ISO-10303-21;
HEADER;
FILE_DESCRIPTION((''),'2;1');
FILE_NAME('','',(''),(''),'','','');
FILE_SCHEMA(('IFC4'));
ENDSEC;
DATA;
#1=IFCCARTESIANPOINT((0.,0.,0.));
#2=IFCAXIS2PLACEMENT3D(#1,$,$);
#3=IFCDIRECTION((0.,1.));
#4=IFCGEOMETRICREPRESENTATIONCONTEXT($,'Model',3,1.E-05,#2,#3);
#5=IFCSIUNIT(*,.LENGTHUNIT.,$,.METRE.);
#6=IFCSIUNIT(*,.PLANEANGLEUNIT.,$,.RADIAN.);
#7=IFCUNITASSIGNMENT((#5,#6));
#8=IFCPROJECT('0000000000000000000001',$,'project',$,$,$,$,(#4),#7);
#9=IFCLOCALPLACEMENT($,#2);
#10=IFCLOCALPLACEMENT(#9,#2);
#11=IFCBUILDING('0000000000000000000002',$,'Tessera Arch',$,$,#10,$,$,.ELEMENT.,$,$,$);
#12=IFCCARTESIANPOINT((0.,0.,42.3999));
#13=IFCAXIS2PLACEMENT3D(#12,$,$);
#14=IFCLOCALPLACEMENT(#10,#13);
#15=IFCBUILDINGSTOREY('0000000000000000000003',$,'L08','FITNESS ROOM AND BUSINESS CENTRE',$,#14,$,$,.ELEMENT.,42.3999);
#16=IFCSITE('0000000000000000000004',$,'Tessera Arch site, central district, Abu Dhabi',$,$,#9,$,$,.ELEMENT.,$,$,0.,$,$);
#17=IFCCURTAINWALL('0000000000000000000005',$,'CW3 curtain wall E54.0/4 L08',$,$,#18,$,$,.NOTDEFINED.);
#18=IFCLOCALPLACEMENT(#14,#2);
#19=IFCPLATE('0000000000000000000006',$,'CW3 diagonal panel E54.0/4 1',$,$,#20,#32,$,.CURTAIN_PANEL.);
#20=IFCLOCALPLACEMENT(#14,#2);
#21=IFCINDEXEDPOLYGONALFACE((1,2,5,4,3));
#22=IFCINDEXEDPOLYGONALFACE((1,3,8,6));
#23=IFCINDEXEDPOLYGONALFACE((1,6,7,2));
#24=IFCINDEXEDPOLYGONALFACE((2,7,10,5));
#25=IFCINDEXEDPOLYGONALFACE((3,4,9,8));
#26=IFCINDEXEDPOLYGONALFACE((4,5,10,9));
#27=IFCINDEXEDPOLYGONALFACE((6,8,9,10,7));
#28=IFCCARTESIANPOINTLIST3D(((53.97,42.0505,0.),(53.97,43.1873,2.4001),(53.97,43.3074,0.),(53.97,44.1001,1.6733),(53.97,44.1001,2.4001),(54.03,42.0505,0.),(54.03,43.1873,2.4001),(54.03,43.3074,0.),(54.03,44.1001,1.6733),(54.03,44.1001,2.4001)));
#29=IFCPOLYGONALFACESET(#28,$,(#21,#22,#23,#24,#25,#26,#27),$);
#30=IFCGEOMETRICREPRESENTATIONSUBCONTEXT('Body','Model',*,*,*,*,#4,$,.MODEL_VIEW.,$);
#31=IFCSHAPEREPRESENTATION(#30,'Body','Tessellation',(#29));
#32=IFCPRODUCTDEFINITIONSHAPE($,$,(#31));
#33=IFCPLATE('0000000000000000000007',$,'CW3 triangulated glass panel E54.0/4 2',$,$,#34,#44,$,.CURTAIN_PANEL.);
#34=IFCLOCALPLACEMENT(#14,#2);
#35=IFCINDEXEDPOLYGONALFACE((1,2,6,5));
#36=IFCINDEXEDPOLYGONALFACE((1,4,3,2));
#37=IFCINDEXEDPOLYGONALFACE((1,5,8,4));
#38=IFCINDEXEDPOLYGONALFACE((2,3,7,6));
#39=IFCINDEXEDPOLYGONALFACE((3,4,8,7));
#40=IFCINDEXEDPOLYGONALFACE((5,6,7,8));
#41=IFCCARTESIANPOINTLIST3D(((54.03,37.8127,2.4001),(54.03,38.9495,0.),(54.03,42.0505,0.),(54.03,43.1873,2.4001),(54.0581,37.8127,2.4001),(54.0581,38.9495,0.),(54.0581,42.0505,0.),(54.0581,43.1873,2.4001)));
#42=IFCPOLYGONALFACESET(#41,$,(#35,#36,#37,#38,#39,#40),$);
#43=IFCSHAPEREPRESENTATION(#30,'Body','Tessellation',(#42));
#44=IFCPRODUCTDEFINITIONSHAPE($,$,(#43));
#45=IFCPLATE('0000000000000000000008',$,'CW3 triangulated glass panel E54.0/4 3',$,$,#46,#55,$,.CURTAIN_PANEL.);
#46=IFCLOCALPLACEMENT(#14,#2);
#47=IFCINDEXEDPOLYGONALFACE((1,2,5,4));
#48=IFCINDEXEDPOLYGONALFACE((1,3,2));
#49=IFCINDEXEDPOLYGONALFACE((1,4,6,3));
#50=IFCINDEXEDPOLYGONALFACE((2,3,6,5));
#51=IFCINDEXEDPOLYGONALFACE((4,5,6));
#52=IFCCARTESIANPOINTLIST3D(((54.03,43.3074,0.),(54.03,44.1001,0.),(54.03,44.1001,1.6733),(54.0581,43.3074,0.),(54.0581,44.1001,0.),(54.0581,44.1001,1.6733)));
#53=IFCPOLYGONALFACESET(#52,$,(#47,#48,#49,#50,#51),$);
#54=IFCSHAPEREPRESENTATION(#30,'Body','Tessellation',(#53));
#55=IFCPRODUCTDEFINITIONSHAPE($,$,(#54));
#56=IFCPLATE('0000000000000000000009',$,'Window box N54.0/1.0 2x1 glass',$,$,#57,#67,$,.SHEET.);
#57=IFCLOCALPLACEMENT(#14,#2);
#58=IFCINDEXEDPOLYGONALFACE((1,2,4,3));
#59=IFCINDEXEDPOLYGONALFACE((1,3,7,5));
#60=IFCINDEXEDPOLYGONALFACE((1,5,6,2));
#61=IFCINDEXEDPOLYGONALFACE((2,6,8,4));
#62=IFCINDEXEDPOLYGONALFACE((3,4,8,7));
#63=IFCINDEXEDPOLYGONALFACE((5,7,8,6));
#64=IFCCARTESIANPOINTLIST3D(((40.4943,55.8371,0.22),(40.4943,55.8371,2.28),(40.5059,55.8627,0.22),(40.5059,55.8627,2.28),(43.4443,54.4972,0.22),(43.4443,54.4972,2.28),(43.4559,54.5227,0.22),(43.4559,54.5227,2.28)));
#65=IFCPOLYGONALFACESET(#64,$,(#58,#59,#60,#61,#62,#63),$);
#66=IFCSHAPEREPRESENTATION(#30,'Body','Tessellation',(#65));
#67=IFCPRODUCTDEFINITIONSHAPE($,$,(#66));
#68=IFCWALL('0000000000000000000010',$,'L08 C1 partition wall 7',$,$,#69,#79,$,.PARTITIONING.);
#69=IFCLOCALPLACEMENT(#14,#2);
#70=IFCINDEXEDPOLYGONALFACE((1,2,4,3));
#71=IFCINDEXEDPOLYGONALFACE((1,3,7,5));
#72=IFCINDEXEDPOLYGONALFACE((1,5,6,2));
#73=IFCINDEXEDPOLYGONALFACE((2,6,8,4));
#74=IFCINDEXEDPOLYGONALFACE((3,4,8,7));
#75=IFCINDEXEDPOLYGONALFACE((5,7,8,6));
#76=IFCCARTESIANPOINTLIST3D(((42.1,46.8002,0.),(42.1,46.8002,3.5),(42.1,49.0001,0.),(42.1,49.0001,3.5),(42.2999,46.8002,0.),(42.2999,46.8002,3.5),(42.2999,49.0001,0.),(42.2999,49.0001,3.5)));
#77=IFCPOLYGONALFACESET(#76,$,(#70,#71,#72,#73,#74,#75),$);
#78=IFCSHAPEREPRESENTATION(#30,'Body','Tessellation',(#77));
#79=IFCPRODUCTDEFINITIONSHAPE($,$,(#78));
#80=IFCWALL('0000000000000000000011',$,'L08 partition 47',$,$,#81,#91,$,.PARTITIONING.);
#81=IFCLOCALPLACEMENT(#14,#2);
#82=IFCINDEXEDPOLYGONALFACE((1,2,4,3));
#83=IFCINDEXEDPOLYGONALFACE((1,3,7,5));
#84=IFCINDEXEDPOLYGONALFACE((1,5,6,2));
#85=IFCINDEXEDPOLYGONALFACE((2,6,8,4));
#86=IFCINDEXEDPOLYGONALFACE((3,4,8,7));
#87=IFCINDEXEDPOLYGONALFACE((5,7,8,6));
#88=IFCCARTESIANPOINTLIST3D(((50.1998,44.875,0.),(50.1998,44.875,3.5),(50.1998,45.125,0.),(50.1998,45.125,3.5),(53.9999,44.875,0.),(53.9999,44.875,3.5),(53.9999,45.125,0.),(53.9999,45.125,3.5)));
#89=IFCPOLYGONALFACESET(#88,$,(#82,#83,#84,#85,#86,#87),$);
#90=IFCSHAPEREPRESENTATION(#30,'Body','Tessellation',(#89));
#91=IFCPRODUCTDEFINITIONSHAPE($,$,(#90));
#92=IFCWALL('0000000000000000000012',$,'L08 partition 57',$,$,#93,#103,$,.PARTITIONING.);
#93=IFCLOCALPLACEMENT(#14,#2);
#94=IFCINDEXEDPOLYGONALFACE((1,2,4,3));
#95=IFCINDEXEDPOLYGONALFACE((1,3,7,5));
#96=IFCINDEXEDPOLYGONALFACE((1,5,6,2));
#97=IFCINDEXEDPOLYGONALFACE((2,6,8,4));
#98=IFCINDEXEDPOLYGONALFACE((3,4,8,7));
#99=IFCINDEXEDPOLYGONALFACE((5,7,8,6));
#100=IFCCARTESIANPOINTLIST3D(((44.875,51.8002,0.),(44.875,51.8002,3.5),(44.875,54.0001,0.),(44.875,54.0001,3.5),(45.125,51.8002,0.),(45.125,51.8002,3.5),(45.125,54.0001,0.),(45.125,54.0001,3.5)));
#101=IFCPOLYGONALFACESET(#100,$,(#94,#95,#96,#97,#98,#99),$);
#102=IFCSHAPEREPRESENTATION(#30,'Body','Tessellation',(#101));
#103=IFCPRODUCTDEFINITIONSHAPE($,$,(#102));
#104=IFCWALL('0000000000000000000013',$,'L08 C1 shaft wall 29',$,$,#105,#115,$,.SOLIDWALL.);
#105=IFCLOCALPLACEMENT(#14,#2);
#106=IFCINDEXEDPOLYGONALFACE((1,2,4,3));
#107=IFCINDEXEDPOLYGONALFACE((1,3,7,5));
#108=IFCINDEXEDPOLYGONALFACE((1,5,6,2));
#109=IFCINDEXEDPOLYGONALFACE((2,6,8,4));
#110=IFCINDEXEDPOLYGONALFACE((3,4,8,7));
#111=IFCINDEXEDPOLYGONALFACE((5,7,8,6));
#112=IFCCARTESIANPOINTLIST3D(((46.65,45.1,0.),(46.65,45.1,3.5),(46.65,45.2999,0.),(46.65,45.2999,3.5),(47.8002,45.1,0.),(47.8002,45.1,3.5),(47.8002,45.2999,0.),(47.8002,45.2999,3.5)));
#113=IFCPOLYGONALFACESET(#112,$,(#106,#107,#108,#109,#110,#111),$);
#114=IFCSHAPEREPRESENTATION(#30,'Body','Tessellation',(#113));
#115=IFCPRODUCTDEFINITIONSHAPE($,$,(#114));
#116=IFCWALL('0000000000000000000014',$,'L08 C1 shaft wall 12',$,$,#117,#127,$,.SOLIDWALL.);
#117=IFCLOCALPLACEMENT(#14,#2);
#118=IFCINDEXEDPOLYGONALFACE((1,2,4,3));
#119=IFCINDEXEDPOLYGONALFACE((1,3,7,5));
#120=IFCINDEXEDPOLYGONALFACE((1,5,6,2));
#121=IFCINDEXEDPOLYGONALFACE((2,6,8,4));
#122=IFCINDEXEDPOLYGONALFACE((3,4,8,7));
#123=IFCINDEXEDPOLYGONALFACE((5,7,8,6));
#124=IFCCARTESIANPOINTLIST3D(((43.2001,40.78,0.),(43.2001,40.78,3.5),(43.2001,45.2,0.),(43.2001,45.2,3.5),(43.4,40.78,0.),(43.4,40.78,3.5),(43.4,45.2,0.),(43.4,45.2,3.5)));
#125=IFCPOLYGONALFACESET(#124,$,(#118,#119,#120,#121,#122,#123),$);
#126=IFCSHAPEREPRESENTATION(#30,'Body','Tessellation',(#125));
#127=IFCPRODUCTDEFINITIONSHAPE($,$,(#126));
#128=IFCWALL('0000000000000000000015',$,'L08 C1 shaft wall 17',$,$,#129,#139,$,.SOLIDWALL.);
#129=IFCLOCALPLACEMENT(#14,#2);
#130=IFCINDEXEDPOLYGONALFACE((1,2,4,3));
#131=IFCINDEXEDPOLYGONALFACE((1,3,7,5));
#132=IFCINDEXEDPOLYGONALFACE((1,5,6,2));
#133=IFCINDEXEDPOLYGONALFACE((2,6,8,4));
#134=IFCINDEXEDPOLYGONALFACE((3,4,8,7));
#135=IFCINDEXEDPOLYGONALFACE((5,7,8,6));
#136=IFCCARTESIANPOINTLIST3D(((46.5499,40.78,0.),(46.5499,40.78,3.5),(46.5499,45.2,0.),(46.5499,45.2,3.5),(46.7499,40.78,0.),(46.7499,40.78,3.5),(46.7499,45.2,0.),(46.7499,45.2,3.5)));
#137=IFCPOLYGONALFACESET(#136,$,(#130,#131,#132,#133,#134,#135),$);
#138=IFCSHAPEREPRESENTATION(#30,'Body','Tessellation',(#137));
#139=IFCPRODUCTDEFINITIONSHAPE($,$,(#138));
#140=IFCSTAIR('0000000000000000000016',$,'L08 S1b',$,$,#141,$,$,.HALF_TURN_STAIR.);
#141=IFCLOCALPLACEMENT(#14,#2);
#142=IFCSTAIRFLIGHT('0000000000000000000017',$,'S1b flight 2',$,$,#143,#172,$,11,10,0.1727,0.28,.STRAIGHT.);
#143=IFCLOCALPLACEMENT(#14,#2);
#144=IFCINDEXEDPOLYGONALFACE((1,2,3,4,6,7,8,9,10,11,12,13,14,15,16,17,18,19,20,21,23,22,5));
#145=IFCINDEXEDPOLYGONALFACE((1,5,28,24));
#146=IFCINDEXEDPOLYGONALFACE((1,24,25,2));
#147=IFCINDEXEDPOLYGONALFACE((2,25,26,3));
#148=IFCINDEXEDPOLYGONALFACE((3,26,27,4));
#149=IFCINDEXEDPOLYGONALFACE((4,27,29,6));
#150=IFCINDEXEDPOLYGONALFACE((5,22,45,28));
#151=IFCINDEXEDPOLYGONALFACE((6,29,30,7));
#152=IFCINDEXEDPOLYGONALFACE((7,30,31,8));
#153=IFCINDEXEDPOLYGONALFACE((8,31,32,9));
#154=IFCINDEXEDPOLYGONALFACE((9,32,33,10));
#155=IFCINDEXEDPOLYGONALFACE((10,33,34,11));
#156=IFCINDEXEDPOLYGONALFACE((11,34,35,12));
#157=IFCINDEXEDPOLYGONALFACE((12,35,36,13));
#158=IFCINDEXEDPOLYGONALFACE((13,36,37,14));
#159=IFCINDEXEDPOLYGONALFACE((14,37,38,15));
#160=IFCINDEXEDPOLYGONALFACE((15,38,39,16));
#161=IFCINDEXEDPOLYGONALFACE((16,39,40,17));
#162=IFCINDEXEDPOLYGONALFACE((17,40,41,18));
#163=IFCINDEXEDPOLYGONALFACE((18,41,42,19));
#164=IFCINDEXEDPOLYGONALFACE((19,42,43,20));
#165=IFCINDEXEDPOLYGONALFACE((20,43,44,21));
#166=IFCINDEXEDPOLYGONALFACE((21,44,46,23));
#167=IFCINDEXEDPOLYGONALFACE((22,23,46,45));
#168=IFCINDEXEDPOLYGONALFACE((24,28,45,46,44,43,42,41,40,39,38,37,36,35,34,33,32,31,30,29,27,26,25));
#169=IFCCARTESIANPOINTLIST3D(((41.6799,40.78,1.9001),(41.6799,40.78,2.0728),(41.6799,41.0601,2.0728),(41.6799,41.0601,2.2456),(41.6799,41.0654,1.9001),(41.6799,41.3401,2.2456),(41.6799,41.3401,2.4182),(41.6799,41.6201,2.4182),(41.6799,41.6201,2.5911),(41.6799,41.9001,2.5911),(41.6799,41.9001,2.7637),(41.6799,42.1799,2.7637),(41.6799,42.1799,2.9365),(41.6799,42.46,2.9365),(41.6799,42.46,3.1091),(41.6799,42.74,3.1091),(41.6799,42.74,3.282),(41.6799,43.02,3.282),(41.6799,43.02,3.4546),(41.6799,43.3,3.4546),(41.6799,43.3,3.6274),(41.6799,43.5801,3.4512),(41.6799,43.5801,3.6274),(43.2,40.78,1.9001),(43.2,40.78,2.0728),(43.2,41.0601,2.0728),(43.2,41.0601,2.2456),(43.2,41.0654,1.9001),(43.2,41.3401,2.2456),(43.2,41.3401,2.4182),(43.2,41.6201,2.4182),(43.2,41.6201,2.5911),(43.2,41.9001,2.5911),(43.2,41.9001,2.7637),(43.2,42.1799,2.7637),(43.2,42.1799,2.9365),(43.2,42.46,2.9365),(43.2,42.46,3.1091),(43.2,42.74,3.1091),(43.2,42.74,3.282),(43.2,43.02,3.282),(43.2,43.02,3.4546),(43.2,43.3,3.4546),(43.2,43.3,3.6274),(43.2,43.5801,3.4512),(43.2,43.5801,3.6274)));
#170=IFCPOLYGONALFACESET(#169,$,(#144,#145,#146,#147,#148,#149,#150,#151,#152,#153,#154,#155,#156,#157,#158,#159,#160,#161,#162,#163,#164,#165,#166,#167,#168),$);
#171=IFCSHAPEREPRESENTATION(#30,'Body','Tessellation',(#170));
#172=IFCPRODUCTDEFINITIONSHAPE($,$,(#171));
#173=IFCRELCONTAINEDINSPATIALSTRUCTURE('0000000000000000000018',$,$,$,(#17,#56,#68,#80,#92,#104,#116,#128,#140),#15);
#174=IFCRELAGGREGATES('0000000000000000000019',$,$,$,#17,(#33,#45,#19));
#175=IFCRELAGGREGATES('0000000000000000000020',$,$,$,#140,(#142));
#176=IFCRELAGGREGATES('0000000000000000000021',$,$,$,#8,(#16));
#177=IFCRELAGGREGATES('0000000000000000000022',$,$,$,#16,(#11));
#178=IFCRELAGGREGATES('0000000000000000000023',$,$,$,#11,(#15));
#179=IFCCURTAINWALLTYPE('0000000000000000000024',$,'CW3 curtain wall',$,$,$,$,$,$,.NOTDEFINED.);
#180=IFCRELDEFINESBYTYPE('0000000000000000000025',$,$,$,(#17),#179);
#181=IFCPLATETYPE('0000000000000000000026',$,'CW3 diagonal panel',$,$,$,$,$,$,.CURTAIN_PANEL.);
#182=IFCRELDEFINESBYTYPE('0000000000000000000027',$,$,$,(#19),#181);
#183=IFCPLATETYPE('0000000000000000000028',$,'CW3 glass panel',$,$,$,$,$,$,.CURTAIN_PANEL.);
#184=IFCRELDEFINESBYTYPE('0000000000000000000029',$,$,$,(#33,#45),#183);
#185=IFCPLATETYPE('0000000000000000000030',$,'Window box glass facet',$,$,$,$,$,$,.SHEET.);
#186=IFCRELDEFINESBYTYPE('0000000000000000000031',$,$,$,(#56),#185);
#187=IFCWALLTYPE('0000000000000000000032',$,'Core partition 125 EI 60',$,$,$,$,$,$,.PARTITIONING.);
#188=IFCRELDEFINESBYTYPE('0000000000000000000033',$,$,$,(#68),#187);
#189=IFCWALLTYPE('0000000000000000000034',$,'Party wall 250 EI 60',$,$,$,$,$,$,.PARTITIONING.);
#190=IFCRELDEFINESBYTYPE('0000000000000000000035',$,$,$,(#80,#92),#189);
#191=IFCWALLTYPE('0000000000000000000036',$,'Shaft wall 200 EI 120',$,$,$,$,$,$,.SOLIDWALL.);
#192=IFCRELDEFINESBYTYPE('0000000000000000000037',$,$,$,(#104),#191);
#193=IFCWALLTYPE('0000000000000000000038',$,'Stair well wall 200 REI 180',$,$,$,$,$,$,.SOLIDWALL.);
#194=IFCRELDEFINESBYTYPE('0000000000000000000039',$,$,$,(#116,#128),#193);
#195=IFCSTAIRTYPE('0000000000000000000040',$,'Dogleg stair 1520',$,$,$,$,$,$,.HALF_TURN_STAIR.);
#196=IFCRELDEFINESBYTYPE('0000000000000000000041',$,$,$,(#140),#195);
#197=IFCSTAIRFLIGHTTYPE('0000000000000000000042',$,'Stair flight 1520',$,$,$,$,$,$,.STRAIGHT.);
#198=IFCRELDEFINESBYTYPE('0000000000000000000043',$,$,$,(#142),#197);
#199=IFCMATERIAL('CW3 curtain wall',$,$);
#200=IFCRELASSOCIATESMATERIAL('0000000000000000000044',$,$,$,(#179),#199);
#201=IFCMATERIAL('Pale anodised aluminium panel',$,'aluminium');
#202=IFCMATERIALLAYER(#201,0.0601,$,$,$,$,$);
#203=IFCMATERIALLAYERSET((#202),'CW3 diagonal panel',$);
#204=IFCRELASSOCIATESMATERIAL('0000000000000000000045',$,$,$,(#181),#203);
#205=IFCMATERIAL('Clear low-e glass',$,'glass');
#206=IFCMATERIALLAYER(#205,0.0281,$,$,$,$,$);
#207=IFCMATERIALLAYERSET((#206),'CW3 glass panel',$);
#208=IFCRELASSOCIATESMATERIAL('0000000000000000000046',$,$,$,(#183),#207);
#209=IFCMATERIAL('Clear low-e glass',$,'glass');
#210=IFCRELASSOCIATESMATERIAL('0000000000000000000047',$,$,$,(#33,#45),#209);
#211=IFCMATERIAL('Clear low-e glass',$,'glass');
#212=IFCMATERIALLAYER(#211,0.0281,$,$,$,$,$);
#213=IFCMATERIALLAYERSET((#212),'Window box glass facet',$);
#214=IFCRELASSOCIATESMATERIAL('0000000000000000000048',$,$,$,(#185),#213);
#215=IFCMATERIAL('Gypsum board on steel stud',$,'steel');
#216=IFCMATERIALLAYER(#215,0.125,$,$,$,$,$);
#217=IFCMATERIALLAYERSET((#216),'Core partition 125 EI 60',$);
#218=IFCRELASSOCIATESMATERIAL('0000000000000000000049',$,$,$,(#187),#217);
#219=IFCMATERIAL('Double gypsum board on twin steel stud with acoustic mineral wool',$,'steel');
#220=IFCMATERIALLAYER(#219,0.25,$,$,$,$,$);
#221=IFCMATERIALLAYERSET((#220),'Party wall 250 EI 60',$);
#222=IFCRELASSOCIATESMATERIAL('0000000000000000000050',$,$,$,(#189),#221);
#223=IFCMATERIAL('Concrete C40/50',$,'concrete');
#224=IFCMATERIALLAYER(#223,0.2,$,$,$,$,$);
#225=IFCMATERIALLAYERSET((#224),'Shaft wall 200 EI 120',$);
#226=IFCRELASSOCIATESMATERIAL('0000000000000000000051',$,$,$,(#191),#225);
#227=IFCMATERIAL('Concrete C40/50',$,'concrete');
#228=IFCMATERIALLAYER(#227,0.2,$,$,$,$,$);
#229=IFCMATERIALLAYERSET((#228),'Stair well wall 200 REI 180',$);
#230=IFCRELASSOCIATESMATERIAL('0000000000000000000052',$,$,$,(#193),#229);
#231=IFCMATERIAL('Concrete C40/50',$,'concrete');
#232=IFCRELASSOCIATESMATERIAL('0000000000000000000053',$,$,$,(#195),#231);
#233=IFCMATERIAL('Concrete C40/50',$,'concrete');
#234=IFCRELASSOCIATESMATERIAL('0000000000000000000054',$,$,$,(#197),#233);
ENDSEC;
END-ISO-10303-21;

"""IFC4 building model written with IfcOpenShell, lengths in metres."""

from ifc_helpers import new_model, si_unit, direction, frame, frame_2d, origin, origin_2d, place, context, subcontext, project, spatial, polyline, rectangle, outline, extrude, material, layer, layer_set, type_object, element, aggregate, save


model = new_model("IFC4")

# Units and contexts
model_context = context("Model", 3, precision=1e-05, world=origin(), true_north=direction((0.0, 1.0)))
body_context = subcontext(model_context, "Body", "Model", "MODEL_VIEW")
ifc_project = project(units=[si_unit("LENGTHUNIT", "METRE"), si_unit("PLANEANGLEUNIT", "RADIAN")], contexts=[model_context])

# Site, building, storey
site_placement = place(None, origin())
site = spatial("IfcSite", under=ifc_project, at=site_placement, Name="Tessera Arch site, central district, Abu Dhabi", CompositionType="ELEMENT", RefElevation=0.0)
building_placement = place(site_placement, origin())
building = spatial("IfcBuilding", under=site, at=building_placement, Name="Tessera Arch", CompositionType="ELEMENT")
storey_placement = place(building_placement, frame((0.0, 0.0, 42.3999)))
storey = spatial("IfcBuildingStorey", under=building, at=storey_placement, Name="L08", Description="FITNESS ROOM AND BUSINESS CENTRE", CompositionType="ELEMENT", Elevation=42.3999)

# Shared definitions
ifc_material_1 = material(Name="Clear low-e glass", Category="glass")

# Curtain wall, plates
ifc_material_2 = material(Name="CW3 curtain wall")
curtain_wall_type_1 = type_object("IfcCurtainWallType", Name="CW3 curtain wall", PredefinedType="NOTDEFINED", material=ifc_material_2)
curtain_wall_1_placement = place(storey_placement, origin())
curtain_wall_1 = element("IfcCurtainWall", 1, at=curtain_wall_1_placement, inside=storey, type_object=curtain_wall_type_1, Name="CW3 curtain wall E54.0/4 L08", PredefinedType="NOTDEFINED")
ifc_material_3 = material(Name="Pale anodised aluminium panel", Category="aluminium")
ifc_layer_1 = layer(ifc_material_3, 0.0601)
ifc_layer_set_1 = layer_set([ifc_layer_1], Name="CW3 diagonal panel")
plate_type_1 = type_object("IfcPlateType", Name="CW3 diagonal panel", PredefinedType="CURTAIN_PANEL", material=ifc_layer_set_1)
plate_1_placement = place(storey_placement, frame((54.03, 44.1001, 2.4001), z_axis=(1.0, 0.0, 0.0), x_axis=(0.0, -1.0, 0.0)))
plate_1 = element("IfcPlate", 2, at=plate_1_placement, type_object=plate_type_1, Name="CW3 diagonal panel E54.0/4 1", PredefinedType="CURTAIN_PANEL", context=body_context, shape_type="SweptSolid", body=[
    extrude(outline(polyline([(0.0, 0.0), (0.9128, 0.0), (2.0496, 2.4001), (0.7927, 2.4001), (0.0, 0.7268), (0.0, 0.0)])), origin(), (0.0, 0.0, -1.0), 0.0601),
])
ifc_material_4 = material(Name="Clear low-e glass", Category="glass")
ifc_layer_2 = layer(ifc_material_4, 0.0281)
ifc_layer_set_2 = layer_set([ifc_layer_2], Name="CW3 glass panel")
plate_type_2 = type_object("IfcPlateType", Name="CW3 glass panel", PredefinedType="CURTAIN_PANEL", material=ifc_layer_set_2)
plate_2_placement = place(storey_placement, frame((54.0581, 43.1873, 2.4001), z_axis=(1.0, 0.0, 0.0), x_axis=(0.0, -1.0, 0.0)))
plate_2 = element("IfcPlate", 3, at=plate_2_placement, type_object=plate_type_2, material=ifc_material_1, Name="CW3 triangulated glass panel E54.0/4 2", PredefinedType="CURTAIN_PANEL", context=body_context, shape_type="SweptSolid", body=[
    extrude(outline(polyline([(0.0, 0.0), (5.3745, 0.0), (4.2378, 2.4001), (1.1367, 2.4001), (0.0, 0.0)])), origin(), (0.0, 0.0, -1.0), 0.0281),
])
plate_3_placement = place(storey_placement, frame((54.0581, 44.1001, 0.0), z_axis=(1.0, 0.0, 0.0), x_axis=(0.0, 0.0, 1.0)))
plate_3 = element("IfcPlate", 4, at=plate_3_placement, type_object=plate_type_2, material=ifc_material_1, Name="CW3 triangulated glass panel E54.0/4 3", PredefinedType="CURTAIN_PANEL", context=body_context, shape_type="SweptSolid", body=[
    extrude(outline(polyline([(0.0, 0.0), (1.6733, 0.0), (0.0, 0.7927), (0.0, 0.0)])), origin(), (0.0, 0.0, -1.0), 0.0281),
])
aggregate(curtain_wall_1, [plate_2, plate_3, plate_1])

# Plate
ifc_material_5 = material(Name="Clear low-e glass", Category="glass")
ifc_layer_3 = layer(ifc_material_5, 0.0281)
ifc_layer_set_3 = layer_set([ifc_layer_3], Name="Window box glass facet")
plate_type_3 = type_object("IfcPlateType", Name="Window box glass facet", PredefinedType="SHEET", material=ifc_layer_set_3)
plate_4_placement = place(storey_placement, frame((41.9751, 55.1799, 0.22), z_axis=(0.0, 0.0, 1.0), x_axis=(-0.910472, 0.41357, 0.0)))
element("IfcPlate", 5, at=plate_4_placement, inside=storey, type_object=plate_type_3, Name="Window box N54.0/1.0 2x1 glass", PredefinedType="SHEET", context=body_context, shape_type="SweptSolid", body=[
    extrude(rectangle(XDim=3.24, YDim=0.0281, at=origin_2d()), origin(), (0.0, 0.0, 1.0), 2.0601),
])

# Walls
ifc_material_6 = material(Name="Gypsum board on steel stud", Category="steel")
ifc_layer_4 = layer(ifc_material_6, 0.125)
ifc_layer_set_4 = layer_set([ifc_layer_4], Name="Core partition 125 EI 60")
wall_type_1 = type_object("IfcWallType", Name="Core partition 125 EI 60", PredefinedType="PARTITIONING", material=ifc_layer_set_4)
wall_1_placement = place(storey_placement, frame((42.2, 46.8, 0.0), z_axis=(0.0, 0.0, 1.0), x_axis=(0.0, 1.0, 0.0)))
element("IfcWall", 6, at=wall_1_placement, inside=storey, type_object=wall_type_1, Name="L08 C1 partition wall 7", PredefinedType="PARTITIONING", context=body_context, shape_type="SweptSolid", body=[
    extrude(rectangle(XDim=2.2, YDim=0.2, at=frame_2d((1.1001, 0.0))), origin(), (0.0, 0.0, 1.0), 3.5),
])
ifc_material_7 = material(Name="Double gypsum board on twin steel stud with acoustic mineral wool", Category="steel")
ifc_layer_5 = layer(ifc_material_7, 0.25)
ifc_layer_set_5 = layer_set([ifc_layer_5], Name="Party wall 250 EI 60")
wall_type_2 = type_object("IfcWallType", Name="Party wall 250 EI 60", PredefinedType="PARTITIONING", material=ifc_layer_set_5)
wall_2_placement = place(storey_placement, frame((50.2, 45.0, 0.0), z_axis=(0.0, 0.0, 1.0), x_axis=(1.0, 0.0, 0.0)))
element("IfcWall", 7, at=wall_2_placement, inside=storey, type_object=wall_type_2, Name="L08 partition 47", PredefinedType="PARTITIONING", context=body_context, shape_type="SweptSolid", body=[
    extrude(rectangle(XDim=3.8, YDim=0.25, at=frame_2d((1.8999, 0.0))), origin(), (0.0, 0.0, 1.0), 3.5),
])
wall_3_placement = place(storey_placement, frame((45.0, 51.8, 0.0), z_axis=(0.0, 0.0, 1.0), x_axis=(0.0, 1.0, 0.0)))
element("IfcWall", 8, at=wall_3_placement, inside=storey, type_object=wall_type_2, Name="L08 partition 57", PredefinedType="PARTITIONING", context=body_context, shape_type="SweptSolid", body=[
    extrude(rectangle(XDim=2.2, YDim=0.25, at=frame_2d((1.1001, 0.0))), origin(), (0.0, 0.0, 1.0), 3.5),
])
ifc_material_8 = material(Name="Concrete C40/50", Category="concrete")
ifc_layer_6 = layer(ifc_material_8, 0.2)
ifc_layer_set_6 = layer_set([ifc_layer_6], Name="Shaft wall 200 EI 120")
wall_type_3 = type_object("IfcWallType", Name="Shaft wall 200 EI 120", PredefinedType="SOLIDWALL", material=ifc_layer_set_6)
wall_4_placement = place(storey_placement, frame((46.6499, 45.2, 0.0), z_axis=(0.0, 0.0, 1.0), x_axis=(1.0, 0.0, 0.0)))
element("IfcWall", 9, at=wall_4_placement, inside=storey, type_object=wall_type_3, Name="L08 C1 shaft wall 29", PredefinedType="SOLIDWALL", context=body_context, shape_type="SweptSolid", body=[
    extrude(rectangle(XDim=1.1501, YDim=0.2, at=frame_2d((0.5752, 0.0))), origin(), (0.0, 0.0, 1.0), 3.5),
])
ifc_material_9 = material(Name="Concrete C40/50", Category="concrete")
ifc_layer_7 = layer(ifc_material_9, 0.2)
ifc_layer_set_7 = layer_set([ifc_layer_7], Name="Stair well wall 200 REI 180")
wall_type_4 = type_object("IfcWallType", Name="Stair well wall 200 REI 180", PredefinedType="SOLIDWALL", material=ifc_layer_set_7)
for number, where, z_axis, x_axis, name in (
    (10, (43.3, 40.78, 0.0), (0.0, 0.0, 1.0), (0.0, 1.0, 0.0), "L08 C1 shaft wall 12"),
    (11, (46.6499, 40.78, 0.0), (0.0, 0.0, 1.0), (0.0, 1.0, 0.0), "L08 C1 shaft wall 17"),
):
    element("IfcWall", number, at=place(storey_placement, frame(where, z_axis=z_axis, x_axis=x_axis)), inside=storey, type_object=wall_type_4, Name=name, PredefinedType="SOLIDWALL", context=body_context, shape_type="SweptSolid", body=[
        extrude(rectangle(XDim=4.4199, YDim=0.2, at=frame_2d((2.21, 0.0))), origin(), (0.0, 0.0, 1.0), 3.5),
    ])

# Stair, stair flight
ifc_material_10 = material(Name="Concrete C40/50", Category="concrete")
stair_type = type_object("IfcStairType", Name="Dogleg stair 1520", PredefinedType="HALF_TURN_STAIR", material=ifc_material_10)
stair_1_placement = place(storey_placement, origin())
stair_1 = element("IfcStair", 12, at=stair_1_placement, inside=storey, type_object=stair_type, Name="L08 S1b", PredefinedType="HALF_TURN_STAIR")
ifc_material_11 = material(Name="Concrete C40/50", Category="concrete")
stair_flight_type = type_object("IfcStairFlightType", Name="Stair flight 1520", PredefinedType="STRAIGHT", material=ifc_material_11)
stair_flight_1_placement = place(storey_placement, frame((42.4399, 40.78, 1.9001), z_axis=(0.0, 0.0, 1.0), x_axis=(0.0, 1.0, 0.0)))
stair_flight_1 = element("IfcStairFlight", 13, at=stair_flight_1_placement, type_object=stair_flight_type, Name="S1b flight 2", NumberOfRisers=11, NumberOfTreads=10, PredefinedType="STRAIGHT", RiserHeight=0.1727, TreadLength=0.28, context=body_context, shape_type="SweptSolid", body=[
    extrude(outline(polyline([(0.0, 0.0), (0.0, 0.1726), (0.28, 0.1726), (0.28, 0.3455), (0.5601, 0.3455), (0.5601, 0.5181), (0.8401, 0.5181), (0.8401, 0.6909), (1.1201, 0.6909), (1.1201, 0.8635), (1.3999, 0.8635), (1.3999, 1.0364), (1.6799, 1.0364), (1.6799, 1.209), (1.96, 1.209), (1.96, 1.3818), (2.24, 1.3818), (2.24, 1.5544), (2.52, 1.5544), (2.52, 1.7273), (2.8, 1.7273), (2.8, 1.8999), (2.8, 1.551), (0.2854, 0.0), (0.0, 0.0)])), frame((0.0, 0.76, 0.0), z_axis=(0.0, -1.0, 0.0), x_axis=(1.0, 0.0, 0.0)), (0.0, 0.0, 1.0), 1.52),
])
aggregate(stair_1, [stair_flight_1])

save(model, "model.ifc")
